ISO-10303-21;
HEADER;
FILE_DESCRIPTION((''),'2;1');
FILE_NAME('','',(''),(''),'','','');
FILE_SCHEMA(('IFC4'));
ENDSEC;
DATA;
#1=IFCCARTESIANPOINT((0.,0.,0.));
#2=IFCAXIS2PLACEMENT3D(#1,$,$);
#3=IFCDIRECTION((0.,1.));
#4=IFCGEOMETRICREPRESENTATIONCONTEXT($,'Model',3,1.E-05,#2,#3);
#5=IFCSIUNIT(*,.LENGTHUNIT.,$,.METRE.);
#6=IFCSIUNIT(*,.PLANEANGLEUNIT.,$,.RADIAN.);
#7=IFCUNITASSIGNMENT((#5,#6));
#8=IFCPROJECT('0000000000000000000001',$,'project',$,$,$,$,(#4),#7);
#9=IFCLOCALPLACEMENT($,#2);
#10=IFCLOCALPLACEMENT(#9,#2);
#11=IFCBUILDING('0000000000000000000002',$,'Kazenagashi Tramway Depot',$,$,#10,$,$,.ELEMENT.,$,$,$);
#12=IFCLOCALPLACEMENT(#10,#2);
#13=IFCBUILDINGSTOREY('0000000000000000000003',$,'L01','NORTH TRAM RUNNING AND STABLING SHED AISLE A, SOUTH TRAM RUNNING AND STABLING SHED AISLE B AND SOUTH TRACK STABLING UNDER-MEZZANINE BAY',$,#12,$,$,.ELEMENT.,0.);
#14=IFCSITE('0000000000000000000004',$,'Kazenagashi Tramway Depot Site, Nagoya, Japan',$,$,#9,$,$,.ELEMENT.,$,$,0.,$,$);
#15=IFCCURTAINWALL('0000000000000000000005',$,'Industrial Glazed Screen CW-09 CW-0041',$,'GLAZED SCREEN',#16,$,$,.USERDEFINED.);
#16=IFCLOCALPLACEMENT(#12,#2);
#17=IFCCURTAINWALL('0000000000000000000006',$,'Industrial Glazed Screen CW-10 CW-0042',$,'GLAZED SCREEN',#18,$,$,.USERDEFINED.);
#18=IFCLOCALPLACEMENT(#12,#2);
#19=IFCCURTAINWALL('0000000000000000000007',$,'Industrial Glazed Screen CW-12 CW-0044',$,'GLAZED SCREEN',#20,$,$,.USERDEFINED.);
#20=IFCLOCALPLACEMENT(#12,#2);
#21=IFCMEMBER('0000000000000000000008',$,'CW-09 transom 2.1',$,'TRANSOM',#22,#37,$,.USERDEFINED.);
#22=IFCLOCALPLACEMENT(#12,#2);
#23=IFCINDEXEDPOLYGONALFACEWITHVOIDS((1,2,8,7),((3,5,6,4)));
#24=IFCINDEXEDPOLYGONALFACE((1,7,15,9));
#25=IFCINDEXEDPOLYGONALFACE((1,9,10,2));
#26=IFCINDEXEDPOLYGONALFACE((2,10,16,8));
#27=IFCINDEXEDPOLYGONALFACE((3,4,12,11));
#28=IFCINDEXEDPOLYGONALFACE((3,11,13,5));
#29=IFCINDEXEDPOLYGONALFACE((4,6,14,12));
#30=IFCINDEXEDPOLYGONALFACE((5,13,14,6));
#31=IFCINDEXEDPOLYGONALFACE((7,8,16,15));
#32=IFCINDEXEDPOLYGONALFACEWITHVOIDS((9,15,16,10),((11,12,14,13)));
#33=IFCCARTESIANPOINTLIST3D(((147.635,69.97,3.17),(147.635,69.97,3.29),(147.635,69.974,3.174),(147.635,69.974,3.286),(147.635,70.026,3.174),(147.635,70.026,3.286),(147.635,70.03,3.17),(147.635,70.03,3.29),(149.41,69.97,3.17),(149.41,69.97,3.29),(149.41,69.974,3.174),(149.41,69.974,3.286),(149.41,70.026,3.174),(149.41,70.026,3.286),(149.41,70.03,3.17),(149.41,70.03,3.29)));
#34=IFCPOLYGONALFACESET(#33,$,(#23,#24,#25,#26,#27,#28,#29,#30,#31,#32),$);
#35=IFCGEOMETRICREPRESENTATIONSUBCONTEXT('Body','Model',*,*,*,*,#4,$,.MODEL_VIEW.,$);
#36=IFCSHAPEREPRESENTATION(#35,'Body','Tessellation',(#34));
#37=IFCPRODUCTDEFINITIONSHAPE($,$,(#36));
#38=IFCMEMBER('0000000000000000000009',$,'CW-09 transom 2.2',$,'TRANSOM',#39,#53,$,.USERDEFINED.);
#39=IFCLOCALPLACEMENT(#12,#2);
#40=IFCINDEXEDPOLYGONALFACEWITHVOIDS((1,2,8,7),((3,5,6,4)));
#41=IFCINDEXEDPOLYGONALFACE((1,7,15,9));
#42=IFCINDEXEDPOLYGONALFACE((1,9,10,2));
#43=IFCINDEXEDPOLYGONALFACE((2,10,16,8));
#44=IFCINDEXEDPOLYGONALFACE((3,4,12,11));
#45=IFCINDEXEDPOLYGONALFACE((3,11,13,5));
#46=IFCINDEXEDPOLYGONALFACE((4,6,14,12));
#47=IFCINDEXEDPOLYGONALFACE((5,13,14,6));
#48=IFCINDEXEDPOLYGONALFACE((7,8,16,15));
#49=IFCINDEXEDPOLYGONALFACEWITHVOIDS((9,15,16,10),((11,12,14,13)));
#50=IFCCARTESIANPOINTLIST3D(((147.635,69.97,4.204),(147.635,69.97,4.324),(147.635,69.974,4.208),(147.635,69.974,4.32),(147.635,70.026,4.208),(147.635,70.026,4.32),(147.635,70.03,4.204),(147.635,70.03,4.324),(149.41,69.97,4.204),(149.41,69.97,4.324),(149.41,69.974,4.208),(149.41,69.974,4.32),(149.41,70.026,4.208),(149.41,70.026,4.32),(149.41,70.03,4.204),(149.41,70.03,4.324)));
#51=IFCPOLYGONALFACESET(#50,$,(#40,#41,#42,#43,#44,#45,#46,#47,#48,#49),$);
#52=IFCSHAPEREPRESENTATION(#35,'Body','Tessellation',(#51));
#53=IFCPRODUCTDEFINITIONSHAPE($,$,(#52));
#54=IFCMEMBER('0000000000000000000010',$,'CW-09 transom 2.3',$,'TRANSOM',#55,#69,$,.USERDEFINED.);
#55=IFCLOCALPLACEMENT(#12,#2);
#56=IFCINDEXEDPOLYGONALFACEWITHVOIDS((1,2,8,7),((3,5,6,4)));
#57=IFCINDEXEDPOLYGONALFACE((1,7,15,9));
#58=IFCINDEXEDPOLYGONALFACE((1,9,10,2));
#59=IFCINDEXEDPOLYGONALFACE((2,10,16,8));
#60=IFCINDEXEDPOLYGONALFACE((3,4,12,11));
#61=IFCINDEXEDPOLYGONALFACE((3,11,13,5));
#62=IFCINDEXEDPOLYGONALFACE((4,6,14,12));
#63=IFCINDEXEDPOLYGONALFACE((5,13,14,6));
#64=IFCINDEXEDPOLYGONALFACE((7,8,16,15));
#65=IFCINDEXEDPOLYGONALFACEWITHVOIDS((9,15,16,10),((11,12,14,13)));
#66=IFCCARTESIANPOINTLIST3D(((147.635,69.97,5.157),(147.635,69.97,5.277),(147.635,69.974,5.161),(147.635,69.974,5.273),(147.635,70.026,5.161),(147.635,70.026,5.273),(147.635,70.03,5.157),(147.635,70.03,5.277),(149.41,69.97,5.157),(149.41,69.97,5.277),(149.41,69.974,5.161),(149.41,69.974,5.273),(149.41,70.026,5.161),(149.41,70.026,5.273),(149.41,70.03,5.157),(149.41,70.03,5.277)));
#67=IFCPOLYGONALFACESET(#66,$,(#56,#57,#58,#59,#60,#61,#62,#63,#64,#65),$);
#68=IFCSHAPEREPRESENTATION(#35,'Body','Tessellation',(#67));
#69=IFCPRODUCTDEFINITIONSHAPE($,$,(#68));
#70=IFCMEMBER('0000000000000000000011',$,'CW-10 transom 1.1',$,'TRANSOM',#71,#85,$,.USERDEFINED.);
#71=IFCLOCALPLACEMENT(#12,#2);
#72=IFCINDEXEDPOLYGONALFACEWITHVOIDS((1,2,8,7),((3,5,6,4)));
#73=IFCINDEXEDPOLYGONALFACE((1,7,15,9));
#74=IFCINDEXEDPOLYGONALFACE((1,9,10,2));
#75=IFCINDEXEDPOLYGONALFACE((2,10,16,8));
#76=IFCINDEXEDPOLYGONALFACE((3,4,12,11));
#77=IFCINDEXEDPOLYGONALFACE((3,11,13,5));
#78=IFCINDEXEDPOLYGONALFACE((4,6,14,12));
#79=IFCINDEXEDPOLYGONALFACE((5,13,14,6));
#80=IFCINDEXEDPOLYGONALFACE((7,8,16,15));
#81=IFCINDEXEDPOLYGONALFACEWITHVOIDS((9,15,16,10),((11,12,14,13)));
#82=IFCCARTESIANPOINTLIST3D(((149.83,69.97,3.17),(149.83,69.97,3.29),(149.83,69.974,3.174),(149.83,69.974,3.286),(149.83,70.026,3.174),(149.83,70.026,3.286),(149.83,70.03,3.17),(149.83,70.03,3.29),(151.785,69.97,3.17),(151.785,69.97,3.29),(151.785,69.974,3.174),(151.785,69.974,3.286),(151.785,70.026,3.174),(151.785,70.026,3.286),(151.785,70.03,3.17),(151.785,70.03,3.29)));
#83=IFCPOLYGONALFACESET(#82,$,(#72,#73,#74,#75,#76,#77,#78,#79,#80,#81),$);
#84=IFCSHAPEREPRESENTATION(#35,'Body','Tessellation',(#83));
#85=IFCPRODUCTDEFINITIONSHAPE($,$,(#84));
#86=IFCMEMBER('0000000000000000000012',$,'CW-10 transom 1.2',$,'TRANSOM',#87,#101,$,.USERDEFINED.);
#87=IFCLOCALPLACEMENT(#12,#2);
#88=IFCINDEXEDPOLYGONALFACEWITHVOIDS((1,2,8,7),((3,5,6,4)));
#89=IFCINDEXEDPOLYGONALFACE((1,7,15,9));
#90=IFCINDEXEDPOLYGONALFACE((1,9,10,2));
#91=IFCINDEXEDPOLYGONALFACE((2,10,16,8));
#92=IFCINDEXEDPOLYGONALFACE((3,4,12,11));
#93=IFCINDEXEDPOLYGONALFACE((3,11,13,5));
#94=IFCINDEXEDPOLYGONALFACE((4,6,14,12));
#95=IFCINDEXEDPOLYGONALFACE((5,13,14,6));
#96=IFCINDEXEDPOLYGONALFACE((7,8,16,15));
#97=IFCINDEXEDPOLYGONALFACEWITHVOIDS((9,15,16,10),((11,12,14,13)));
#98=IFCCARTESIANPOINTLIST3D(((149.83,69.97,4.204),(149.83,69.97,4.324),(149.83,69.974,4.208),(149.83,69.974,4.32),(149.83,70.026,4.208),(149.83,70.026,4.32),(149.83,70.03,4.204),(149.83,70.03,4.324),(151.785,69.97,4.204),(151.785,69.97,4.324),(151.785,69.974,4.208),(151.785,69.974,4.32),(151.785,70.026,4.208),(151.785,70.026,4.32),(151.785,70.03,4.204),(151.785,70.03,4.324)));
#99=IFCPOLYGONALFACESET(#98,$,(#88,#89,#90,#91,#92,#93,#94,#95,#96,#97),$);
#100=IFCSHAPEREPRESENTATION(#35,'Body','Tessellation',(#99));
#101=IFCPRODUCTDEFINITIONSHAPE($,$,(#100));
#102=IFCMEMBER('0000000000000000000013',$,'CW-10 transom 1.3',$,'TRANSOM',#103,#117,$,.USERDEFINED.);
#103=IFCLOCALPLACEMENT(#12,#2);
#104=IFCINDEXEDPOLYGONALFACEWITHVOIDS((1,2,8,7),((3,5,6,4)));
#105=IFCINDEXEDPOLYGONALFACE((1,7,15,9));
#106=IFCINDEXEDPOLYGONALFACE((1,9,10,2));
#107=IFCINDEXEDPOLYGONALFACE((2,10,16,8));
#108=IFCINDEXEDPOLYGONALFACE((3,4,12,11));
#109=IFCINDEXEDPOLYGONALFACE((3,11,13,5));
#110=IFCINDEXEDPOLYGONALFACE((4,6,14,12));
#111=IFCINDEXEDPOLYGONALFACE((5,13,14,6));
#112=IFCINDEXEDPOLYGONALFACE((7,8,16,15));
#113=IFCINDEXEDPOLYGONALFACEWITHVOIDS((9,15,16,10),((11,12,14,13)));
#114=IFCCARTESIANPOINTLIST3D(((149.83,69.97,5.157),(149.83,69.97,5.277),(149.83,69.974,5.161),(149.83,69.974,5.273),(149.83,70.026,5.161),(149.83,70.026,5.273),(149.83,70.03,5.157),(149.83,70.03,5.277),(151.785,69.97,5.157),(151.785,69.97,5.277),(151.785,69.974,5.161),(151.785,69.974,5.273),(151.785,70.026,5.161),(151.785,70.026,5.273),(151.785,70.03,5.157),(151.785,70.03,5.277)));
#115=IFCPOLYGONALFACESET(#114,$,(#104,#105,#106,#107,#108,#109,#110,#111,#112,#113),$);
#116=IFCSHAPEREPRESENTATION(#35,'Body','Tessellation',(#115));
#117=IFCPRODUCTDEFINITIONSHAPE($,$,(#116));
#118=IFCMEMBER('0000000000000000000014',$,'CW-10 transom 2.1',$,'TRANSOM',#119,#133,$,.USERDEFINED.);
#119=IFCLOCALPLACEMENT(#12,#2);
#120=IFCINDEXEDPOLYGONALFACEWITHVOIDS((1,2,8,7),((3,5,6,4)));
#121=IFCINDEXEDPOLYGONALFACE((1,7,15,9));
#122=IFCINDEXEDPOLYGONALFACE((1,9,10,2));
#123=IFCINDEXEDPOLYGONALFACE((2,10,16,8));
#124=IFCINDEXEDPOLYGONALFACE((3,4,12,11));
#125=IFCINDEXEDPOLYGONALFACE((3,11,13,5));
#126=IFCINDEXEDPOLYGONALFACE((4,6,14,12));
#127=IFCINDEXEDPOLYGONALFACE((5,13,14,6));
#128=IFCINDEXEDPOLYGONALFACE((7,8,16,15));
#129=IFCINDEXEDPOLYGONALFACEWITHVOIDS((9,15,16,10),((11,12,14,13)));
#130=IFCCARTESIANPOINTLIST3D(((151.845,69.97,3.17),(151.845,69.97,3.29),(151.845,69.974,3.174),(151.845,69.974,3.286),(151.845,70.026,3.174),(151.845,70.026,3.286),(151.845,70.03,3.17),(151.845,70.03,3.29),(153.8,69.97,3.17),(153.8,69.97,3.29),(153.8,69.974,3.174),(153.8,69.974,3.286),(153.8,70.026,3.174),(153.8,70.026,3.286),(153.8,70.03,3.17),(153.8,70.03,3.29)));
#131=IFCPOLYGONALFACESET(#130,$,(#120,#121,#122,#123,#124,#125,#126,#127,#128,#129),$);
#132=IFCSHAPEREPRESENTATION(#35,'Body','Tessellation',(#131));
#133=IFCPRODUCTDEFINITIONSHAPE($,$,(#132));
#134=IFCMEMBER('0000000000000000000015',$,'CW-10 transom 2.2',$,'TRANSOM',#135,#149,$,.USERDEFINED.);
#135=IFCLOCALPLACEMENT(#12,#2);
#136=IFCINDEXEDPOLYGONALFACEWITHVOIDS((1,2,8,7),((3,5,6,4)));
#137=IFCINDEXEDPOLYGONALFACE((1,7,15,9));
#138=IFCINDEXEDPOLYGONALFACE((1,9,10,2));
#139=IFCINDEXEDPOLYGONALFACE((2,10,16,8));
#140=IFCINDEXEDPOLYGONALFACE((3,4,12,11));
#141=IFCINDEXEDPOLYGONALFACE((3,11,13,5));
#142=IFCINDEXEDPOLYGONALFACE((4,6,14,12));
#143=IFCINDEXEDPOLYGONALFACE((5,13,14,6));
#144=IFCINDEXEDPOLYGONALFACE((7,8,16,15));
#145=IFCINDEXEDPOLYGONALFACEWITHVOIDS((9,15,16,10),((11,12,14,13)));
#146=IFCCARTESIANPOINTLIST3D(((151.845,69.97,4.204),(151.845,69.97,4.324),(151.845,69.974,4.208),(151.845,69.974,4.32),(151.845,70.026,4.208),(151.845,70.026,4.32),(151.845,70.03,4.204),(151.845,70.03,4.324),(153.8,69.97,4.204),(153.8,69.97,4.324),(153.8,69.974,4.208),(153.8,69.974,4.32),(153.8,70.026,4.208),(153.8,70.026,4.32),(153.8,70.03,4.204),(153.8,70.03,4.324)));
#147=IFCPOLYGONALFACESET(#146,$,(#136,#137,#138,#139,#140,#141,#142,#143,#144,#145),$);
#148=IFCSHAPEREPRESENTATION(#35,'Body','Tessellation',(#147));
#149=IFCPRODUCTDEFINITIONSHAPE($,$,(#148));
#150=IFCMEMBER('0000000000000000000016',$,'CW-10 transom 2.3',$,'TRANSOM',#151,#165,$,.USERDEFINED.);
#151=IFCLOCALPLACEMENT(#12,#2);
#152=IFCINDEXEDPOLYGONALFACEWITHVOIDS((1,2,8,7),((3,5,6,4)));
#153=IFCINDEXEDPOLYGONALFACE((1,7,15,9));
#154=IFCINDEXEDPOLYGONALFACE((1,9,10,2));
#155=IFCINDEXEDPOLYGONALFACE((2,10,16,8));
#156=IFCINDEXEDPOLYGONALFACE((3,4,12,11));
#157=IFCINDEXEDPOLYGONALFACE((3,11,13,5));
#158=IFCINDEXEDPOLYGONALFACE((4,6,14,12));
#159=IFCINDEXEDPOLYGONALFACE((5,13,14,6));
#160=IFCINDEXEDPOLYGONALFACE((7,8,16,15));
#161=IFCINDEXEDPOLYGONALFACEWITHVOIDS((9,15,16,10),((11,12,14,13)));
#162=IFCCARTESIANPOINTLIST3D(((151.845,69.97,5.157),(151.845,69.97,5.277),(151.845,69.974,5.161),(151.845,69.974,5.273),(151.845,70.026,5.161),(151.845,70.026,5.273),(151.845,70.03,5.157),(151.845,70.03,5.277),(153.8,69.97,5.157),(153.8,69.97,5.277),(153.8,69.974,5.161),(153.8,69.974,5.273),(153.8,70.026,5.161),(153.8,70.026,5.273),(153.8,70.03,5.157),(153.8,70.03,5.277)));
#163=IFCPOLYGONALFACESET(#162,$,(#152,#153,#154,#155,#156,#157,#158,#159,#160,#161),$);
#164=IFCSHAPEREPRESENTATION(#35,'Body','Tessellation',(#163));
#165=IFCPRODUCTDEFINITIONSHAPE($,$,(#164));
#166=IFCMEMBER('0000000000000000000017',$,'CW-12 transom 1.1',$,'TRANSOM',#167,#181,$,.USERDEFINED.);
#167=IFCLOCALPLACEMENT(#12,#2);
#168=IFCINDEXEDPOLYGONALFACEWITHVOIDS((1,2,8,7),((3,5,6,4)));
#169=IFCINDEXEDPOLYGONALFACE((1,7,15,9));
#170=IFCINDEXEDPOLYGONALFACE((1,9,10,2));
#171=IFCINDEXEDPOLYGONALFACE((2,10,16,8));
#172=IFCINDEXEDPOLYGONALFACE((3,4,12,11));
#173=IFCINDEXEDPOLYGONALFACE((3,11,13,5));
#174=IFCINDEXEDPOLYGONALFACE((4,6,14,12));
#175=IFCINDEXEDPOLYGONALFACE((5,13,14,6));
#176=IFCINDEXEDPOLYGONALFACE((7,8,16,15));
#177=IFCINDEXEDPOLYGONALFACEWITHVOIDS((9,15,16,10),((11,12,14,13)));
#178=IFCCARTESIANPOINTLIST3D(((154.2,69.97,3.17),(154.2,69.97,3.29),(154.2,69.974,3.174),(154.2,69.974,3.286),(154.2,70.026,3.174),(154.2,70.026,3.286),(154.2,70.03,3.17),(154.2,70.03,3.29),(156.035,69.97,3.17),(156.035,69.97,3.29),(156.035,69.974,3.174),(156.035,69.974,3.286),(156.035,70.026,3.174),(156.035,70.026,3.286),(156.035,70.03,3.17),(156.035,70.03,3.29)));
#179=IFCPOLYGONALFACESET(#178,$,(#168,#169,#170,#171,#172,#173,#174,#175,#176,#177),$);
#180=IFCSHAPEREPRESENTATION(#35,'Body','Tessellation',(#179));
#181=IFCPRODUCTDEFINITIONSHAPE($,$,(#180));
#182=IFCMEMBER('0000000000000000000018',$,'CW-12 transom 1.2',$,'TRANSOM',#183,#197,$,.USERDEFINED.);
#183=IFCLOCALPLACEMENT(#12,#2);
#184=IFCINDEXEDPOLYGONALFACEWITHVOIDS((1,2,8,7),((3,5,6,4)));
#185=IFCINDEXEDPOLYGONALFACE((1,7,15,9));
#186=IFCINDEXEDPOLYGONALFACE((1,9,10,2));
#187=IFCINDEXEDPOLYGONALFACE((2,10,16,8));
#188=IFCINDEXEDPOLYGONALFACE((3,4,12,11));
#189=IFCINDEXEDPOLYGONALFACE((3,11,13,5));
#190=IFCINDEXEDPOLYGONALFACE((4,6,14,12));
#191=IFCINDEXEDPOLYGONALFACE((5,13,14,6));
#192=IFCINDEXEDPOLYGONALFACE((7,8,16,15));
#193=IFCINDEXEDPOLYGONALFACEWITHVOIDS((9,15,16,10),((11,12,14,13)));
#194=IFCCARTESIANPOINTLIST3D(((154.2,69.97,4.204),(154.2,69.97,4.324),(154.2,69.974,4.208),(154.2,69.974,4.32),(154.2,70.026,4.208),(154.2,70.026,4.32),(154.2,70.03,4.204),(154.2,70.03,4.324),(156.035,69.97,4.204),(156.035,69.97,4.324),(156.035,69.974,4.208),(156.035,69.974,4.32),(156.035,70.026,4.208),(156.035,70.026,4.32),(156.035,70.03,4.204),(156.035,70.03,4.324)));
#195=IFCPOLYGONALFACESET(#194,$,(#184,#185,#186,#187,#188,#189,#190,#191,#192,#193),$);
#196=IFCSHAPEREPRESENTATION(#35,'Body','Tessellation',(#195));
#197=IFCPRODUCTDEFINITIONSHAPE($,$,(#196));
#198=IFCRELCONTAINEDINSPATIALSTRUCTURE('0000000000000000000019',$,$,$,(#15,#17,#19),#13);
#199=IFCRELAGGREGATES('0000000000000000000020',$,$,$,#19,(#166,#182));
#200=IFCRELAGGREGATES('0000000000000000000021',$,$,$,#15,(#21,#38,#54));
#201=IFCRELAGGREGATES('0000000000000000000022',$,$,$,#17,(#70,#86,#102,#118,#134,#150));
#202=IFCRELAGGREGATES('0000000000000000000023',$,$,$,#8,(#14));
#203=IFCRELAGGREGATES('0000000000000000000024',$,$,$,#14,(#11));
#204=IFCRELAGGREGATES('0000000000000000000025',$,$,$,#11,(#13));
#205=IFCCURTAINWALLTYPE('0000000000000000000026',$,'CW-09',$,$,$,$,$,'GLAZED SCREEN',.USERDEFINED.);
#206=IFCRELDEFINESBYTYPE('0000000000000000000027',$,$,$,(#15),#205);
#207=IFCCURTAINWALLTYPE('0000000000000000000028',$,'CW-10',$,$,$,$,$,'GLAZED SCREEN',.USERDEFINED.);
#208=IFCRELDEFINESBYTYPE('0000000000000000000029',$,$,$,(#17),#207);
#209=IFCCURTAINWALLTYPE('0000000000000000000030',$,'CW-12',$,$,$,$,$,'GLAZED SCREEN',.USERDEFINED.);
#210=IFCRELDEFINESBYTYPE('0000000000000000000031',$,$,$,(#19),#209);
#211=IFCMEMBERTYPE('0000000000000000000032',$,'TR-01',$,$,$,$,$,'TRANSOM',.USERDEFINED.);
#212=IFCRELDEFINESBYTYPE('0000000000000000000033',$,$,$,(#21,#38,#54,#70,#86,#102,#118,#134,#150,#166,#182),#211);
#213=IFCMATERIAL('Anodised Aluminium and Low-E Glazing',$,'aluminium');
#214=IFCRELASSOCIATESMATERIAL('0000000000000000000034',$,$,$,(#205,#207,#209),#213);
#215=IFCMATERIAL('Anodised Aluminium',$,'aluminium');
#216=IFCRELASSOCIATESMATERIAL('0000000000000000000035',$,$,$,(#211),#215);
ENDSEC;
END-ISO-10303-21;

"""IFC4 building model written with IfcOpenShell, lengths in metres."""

from ifc_helpers import new_model, si_unit, direction, frame, origin, origin_2d, place, context, subcontext, project, spatial, hollow_rectangle, extrude, material, material_profile, profile_set, type_object, element, aggregate, save


model = new_model("IFC4")

# Units and contexts
model_context = context("Model", 3, precision=1e-05, world=origin(), true_north=direction((0.0, 1.0)))
body_context = subcontext(model_context, "Body", "Model", "MODEL_VIEW")
ifc_project = project(units=[si_unit("LENGTHUNIT", "METRE"), si_unit("PLANEANGLEUNIT", "RADIAN")], contexts=[model_context])

# Site, building, storey
site_placement = place(None, origin())
site = spatial("IfcSite", under=ifc_project, at=site_placement, Name="Kazenagashi Tramway Depot Site, Nagoya, Japan", CompositionType="ELEMENT", RefElevation=0.0)
building_placement = place(site_placement, origin())
building = spatial("IfcBuilding", under=site, at=building_placement, Name="Kazenagashi Tramway Depot", CompositionType="ELEMENT")
storey_placement = place(building_placement, origin())
storey = spatial("IfcBuildingStorey", under=building, at=storey_placement, Name="L01", Description="NORTH TRAM RUNNING AND STABLING SHED AISLE A, SOUTH TRAM RUNNING AND STABLING SHED AISLE B AND SOUTH TRACK STABLING UNDER-MEZZANINE BAY", CompositionType="ELEMENT", Elevation=0.0)

# Curtain walls
ifc_material_1 = material(Name="Anodised Aluminium and Low-E Glazing", Category="aluminium")
curtain_wall_type_1 = type_object("IfcCurtainWallType", Name="CW-09", ElementType="GLAZED SCREEN", PredefinedType="USERDEFINED", material=ifc_material_1)
curtain_wall_1_placement = place(storey_placement, origin())
curtain_wall_1 = element("IfcCurtainWall", 1, at=curtain_wall_1_placement, inside=storey, type_object=curtain_wall_type_1, Name="Industrial Glazed Screen CW-09 CW-0041", ObjectType="GLAZED SCREEN", PredefinedType="USERDEFINED")
ifc_material_2 = material(Name="Anodised Aluminium", Category="aluminium")
curtain_wall_type_2 = type_object("IfcCurtainWallType", Name="CW-10", ElementType="GLAZED SCREEN", PredefinedType="USERDEFINED", material=ifc_material_1)
curtain_wall_2_placement = place(storey_placement, origin())
curtain_wall_2 = element("IfcCurtainWall", 2, at=curtain_wall_2_placement, inside=storey, type_object=curtain_wall_type_2, Name="Industrial Glazed Screen CW-10 CW-0042", ObjectType="GLAZED SCREEN", PredefinedType="USERDEFINED")

# Curtain wall
curtain_wall_type_3 = type_object("IfcCurtainWallType", Name="CW-12", ElementType="GLAZED SCREEN", PredefinedType="USERDEFINED", material=ifc_material_1)
curtain_wall_3_placement = place(storey_placement, origin())
curtain_wall_3 = element("IfcCurtainWall", 3, at=curtain_wall_3_placement, inside=storey, type_object=curtain_wall_type_3, Name="Industrial Glazed Screen CW-12 CW-0044", ObjectType="GLAZED SCREEN", PredefinedType="USERDEFINED")

# Members
ifc_material_profile_1 = material_profile(ifc_material_2, hollow_rectangle(XDim=0.06, YDim=0.12, WallThickness=0.004, at=origin_2d()), Name="RHS-120x60x4")
ifc_profile_set_1 = profile_set([ifc_material_profile_1], Name="Anodised Aluminium")
member_type_1 = type_object("IfcMemberType", Name="TR-01", ElementType="TRANSOM", PredefinedType="USERDEFINED", material=ifc_profile_set_1)
member_1_placement = place(storey_placement, frame((147.635, 70.0, 3.23), z_axis=(1.0, 0.0, 0.0), x_axis=(0.0, 1.0, 0.0)))
member_1 = element("IfcMember", 4, at=member_1_placement, type_object=member_type_1, Name="CW-09 transom 2.1", ObjectType="TRANSOM", PredefinedType="USERDEFINED", context=body_context, shape_type="SweptSolid", body=[
    extrude(hollow_rectangle(XDim=0.06, YDim=0.12, WallThickness=0.004, at=origin_2d()), origin(), (0.0, 0.0, 1.0), 1.775),
])
member_2_placement = place(storey_placement, frame((147.635, 70.0, 4.264), z_axis=(1.0, 0.0, 0.0), x_axis=(0.0, 1.0, 0.0)))
member_2 = element("IfcMember", 5, at=member_2_placement, type_object=member_type_1, Name="CW-09 transom 2.2", ObjectType="TRANSOM", PredefinedType="USERDEFINED", context=body_context, shape_type="SweptSolid", body=[
    extrude(hollow_rectangle(XDim=0.06, YDim=0.12, WallThickness=0.004, at=origin_2d()), origin(), (0.0, 0.0, 1.0), 1.775),
])
member_3_placement = place(storey_placement, frame((147.635, 70.0, 5.217), z_axis=(1.0, 0.0, 0.0), x_axis=(0.0, 1.0, 0.0)))
member_3 = element("IfcMember", 6, at=member_3_placement, type_object=member_type_1, Name="CW-09 transom 2.3", ObjectType="TRANSOM", PredefinedType="USERDEFINED", context=body_context, shape_type="SweptSolid", body=[
    extrude(hollow_rectangle(XDim=0.06, YDim=0.12, WallThickness=0.004, at=origin_2d()), origin(), (0.0, 0.0, 1.0), 1.775),
])
member_4_placement = place(storey_placement, frame((149.83, 70.0, 3.23), z_axis=(1.0, 0.0, 0.0), x_axis=(0.0, 1.0, 0.0)))
member_4 = element("IfcMember", 7, at=member_4_placement, type_object=member_type_1, Name="CW-10 transom 1.1", ObjectType="TRANSOM", PredefinedType="USERDEFINED", context=body_context, shape_type="SweptSolid", body=[
    extrude(hollow_rectangle(XDim=0.06, YDim=0.12, WallThickness=0.004, at=origin_2d()), origin(), (0.0, 0.0, 1.0), 1.955),
])
member_5_placement = place(storey_placement, frame((149.83, 70.0, 4.264), z_axis=(1.0, 0.0, 0.0), x_axis=(0.0, 1.0, 0.0)))
member_5 = element("IfcMember", 8, at=member_5_placement, type_object=member_type_1, Name="CW-10 transom 1.2", ObjectType="TRANSOM", PredefinedType="USERDEFINED", context=body_context, shape_type="SweptSolid", body=[
    extrude(hollow_rectangle(XDim=0.06, YDim=0.12, WallThickness=0.004, at=origin_2d()), origin(), (0.0, 0.0, 1.0), 1.955),
])
member_6_placement = place(storey_placement, frame((149.83, 70.0, 5.217), z_axis=(1.0, 0.0, 0.0), x_axis=(0.0, 1.0, 0.0)))
member_6 = element("IfcMember", 9, at=member_6_placement, type_object=member_type_1, Name="CW-10 transom 1.3", ObjectType="TRANSOM", PredefinedType="USERDEFINED", context=body_context, shape_type="SweptSolid", body=[
    extrude(hollow_rectangle(XDim=0.06, YDim=0.12, WallThickness=0.004, at=origin_2d()), origin(), (0.0, 0.0, 1.0), 1.955),
])
member_7_placement = place(storey_placement, frame((151.845, 70.0, 3.23), z_axis=(1.0, 0.0, 0.0), x_axis=(0.0, 1.0, 0.0)))
member_7 = element("IfcMember", 10, at=member_7_placement, type_object=member_type_1, Name="CW-10 transom 2.1", ObjectType="TRANSOM", PredefinedType="USERDEFINED", context=body_context, shape_type="SweptSolid", body=[
    extrude(hollow_rectangle(XDim=0.06, YDim=0.12, WallThickness=0.004, at=origin_2d()), origin(), (0.0, 0.0, 1.0), 1.955),
])
member_8_placement = place(storey_placement, frame((151.845, 70.0, 4.264), z_axis=(1.0, 0.0, 0.0), x_axis=(0.0, 1.0, 0.0)))
member_8 = element("IfcMember", 11, at=member_8_placement, type_object=member_type_1, Name="CW-10 transom 2.2", ObjectType="TRANSOM", PredefinedType="USERDEFINED", context=body_context, shape_type="SweptSolid", body=[
    extrude(hollow_rectangle(XDim=0.06, YDim=0.12, WallThickness=0.004, at=origin_2d()), origin(), (0.0, 0.0, 1.0), 1.955),
])
member_9_placement = place(storey_placement, frame((151.845, 70.0, 5.217), z_axis=(1.0, 0.0, 0.0), x_axis=(0.0, 1.0, 0.0)))
member_9 = element("IfcMember", 12, at=member_9_placement, type_object=member_type_1, Name="CW-10 transom 2.3", ObjectType="TRANSOM", PredefinedType="USERDEFINED", context=body_context, shape_type="SweptSolid", body=[
    extrude(hollow_rectangle(XDim=0.06, YDim=0.12, WallThickness=0.004, at=origin_2d()), origin(), (0.0, 0.0, 1.0), 1.955),
])
member_10_placement = place(storey_placement, frame((154.2, 70.0, 3.23), z_axis=(1.0, 0.0, 0.0), x_axis=(0.0, 1.0, 0.0)))
member_10 = element("IfcMember", 13, at=member_10_placement, type_object=member_type_1, Name="CW-12 transom 1.1", ObjectType="TRANSOM", PredefinedType="USERDEFINED", context=body_context, shape_type="SweptSolid", body=[
    extrude(hollow_rectangle(XDim=0.06, YDim=0.12, WallThickness=0.004, at=origin_2d()), origin(), (0.0, 0.0, 1.0), 1.835),
])
member_11_placement = place(storey_placement, frame((154.2, 70.0, 4.264), z_axis=(1.0, 0.0, 0.0), x_axis=(0.0, 1.0, 0.0)))
member_11 = element("IfcMember", 14, at=member_11_placement, type_object=member_type_1, Name="CW-12 transom 1.2", ObjectType="TRANSOM", PredefinedType="USERDEFINED", context=body_context, shape_type="SweptSolid", body=[
    extrude(hollow_rectangle(XDim=0.06, YDim=0.12, WallThickness=0.004, at=origin_2d()), origin(), (0.0, 0.0, 1.0), 1.835),
])
aggregate(curtain_wall_3, [member_10, member_11])

aggregate(curtain_wall_1, [member_1, member_2, member_3])
aggregate(curtain_wall_2, [member_4, member_5, member_6, member_7, member_8, member_9])

save(model, "model.ifc")
